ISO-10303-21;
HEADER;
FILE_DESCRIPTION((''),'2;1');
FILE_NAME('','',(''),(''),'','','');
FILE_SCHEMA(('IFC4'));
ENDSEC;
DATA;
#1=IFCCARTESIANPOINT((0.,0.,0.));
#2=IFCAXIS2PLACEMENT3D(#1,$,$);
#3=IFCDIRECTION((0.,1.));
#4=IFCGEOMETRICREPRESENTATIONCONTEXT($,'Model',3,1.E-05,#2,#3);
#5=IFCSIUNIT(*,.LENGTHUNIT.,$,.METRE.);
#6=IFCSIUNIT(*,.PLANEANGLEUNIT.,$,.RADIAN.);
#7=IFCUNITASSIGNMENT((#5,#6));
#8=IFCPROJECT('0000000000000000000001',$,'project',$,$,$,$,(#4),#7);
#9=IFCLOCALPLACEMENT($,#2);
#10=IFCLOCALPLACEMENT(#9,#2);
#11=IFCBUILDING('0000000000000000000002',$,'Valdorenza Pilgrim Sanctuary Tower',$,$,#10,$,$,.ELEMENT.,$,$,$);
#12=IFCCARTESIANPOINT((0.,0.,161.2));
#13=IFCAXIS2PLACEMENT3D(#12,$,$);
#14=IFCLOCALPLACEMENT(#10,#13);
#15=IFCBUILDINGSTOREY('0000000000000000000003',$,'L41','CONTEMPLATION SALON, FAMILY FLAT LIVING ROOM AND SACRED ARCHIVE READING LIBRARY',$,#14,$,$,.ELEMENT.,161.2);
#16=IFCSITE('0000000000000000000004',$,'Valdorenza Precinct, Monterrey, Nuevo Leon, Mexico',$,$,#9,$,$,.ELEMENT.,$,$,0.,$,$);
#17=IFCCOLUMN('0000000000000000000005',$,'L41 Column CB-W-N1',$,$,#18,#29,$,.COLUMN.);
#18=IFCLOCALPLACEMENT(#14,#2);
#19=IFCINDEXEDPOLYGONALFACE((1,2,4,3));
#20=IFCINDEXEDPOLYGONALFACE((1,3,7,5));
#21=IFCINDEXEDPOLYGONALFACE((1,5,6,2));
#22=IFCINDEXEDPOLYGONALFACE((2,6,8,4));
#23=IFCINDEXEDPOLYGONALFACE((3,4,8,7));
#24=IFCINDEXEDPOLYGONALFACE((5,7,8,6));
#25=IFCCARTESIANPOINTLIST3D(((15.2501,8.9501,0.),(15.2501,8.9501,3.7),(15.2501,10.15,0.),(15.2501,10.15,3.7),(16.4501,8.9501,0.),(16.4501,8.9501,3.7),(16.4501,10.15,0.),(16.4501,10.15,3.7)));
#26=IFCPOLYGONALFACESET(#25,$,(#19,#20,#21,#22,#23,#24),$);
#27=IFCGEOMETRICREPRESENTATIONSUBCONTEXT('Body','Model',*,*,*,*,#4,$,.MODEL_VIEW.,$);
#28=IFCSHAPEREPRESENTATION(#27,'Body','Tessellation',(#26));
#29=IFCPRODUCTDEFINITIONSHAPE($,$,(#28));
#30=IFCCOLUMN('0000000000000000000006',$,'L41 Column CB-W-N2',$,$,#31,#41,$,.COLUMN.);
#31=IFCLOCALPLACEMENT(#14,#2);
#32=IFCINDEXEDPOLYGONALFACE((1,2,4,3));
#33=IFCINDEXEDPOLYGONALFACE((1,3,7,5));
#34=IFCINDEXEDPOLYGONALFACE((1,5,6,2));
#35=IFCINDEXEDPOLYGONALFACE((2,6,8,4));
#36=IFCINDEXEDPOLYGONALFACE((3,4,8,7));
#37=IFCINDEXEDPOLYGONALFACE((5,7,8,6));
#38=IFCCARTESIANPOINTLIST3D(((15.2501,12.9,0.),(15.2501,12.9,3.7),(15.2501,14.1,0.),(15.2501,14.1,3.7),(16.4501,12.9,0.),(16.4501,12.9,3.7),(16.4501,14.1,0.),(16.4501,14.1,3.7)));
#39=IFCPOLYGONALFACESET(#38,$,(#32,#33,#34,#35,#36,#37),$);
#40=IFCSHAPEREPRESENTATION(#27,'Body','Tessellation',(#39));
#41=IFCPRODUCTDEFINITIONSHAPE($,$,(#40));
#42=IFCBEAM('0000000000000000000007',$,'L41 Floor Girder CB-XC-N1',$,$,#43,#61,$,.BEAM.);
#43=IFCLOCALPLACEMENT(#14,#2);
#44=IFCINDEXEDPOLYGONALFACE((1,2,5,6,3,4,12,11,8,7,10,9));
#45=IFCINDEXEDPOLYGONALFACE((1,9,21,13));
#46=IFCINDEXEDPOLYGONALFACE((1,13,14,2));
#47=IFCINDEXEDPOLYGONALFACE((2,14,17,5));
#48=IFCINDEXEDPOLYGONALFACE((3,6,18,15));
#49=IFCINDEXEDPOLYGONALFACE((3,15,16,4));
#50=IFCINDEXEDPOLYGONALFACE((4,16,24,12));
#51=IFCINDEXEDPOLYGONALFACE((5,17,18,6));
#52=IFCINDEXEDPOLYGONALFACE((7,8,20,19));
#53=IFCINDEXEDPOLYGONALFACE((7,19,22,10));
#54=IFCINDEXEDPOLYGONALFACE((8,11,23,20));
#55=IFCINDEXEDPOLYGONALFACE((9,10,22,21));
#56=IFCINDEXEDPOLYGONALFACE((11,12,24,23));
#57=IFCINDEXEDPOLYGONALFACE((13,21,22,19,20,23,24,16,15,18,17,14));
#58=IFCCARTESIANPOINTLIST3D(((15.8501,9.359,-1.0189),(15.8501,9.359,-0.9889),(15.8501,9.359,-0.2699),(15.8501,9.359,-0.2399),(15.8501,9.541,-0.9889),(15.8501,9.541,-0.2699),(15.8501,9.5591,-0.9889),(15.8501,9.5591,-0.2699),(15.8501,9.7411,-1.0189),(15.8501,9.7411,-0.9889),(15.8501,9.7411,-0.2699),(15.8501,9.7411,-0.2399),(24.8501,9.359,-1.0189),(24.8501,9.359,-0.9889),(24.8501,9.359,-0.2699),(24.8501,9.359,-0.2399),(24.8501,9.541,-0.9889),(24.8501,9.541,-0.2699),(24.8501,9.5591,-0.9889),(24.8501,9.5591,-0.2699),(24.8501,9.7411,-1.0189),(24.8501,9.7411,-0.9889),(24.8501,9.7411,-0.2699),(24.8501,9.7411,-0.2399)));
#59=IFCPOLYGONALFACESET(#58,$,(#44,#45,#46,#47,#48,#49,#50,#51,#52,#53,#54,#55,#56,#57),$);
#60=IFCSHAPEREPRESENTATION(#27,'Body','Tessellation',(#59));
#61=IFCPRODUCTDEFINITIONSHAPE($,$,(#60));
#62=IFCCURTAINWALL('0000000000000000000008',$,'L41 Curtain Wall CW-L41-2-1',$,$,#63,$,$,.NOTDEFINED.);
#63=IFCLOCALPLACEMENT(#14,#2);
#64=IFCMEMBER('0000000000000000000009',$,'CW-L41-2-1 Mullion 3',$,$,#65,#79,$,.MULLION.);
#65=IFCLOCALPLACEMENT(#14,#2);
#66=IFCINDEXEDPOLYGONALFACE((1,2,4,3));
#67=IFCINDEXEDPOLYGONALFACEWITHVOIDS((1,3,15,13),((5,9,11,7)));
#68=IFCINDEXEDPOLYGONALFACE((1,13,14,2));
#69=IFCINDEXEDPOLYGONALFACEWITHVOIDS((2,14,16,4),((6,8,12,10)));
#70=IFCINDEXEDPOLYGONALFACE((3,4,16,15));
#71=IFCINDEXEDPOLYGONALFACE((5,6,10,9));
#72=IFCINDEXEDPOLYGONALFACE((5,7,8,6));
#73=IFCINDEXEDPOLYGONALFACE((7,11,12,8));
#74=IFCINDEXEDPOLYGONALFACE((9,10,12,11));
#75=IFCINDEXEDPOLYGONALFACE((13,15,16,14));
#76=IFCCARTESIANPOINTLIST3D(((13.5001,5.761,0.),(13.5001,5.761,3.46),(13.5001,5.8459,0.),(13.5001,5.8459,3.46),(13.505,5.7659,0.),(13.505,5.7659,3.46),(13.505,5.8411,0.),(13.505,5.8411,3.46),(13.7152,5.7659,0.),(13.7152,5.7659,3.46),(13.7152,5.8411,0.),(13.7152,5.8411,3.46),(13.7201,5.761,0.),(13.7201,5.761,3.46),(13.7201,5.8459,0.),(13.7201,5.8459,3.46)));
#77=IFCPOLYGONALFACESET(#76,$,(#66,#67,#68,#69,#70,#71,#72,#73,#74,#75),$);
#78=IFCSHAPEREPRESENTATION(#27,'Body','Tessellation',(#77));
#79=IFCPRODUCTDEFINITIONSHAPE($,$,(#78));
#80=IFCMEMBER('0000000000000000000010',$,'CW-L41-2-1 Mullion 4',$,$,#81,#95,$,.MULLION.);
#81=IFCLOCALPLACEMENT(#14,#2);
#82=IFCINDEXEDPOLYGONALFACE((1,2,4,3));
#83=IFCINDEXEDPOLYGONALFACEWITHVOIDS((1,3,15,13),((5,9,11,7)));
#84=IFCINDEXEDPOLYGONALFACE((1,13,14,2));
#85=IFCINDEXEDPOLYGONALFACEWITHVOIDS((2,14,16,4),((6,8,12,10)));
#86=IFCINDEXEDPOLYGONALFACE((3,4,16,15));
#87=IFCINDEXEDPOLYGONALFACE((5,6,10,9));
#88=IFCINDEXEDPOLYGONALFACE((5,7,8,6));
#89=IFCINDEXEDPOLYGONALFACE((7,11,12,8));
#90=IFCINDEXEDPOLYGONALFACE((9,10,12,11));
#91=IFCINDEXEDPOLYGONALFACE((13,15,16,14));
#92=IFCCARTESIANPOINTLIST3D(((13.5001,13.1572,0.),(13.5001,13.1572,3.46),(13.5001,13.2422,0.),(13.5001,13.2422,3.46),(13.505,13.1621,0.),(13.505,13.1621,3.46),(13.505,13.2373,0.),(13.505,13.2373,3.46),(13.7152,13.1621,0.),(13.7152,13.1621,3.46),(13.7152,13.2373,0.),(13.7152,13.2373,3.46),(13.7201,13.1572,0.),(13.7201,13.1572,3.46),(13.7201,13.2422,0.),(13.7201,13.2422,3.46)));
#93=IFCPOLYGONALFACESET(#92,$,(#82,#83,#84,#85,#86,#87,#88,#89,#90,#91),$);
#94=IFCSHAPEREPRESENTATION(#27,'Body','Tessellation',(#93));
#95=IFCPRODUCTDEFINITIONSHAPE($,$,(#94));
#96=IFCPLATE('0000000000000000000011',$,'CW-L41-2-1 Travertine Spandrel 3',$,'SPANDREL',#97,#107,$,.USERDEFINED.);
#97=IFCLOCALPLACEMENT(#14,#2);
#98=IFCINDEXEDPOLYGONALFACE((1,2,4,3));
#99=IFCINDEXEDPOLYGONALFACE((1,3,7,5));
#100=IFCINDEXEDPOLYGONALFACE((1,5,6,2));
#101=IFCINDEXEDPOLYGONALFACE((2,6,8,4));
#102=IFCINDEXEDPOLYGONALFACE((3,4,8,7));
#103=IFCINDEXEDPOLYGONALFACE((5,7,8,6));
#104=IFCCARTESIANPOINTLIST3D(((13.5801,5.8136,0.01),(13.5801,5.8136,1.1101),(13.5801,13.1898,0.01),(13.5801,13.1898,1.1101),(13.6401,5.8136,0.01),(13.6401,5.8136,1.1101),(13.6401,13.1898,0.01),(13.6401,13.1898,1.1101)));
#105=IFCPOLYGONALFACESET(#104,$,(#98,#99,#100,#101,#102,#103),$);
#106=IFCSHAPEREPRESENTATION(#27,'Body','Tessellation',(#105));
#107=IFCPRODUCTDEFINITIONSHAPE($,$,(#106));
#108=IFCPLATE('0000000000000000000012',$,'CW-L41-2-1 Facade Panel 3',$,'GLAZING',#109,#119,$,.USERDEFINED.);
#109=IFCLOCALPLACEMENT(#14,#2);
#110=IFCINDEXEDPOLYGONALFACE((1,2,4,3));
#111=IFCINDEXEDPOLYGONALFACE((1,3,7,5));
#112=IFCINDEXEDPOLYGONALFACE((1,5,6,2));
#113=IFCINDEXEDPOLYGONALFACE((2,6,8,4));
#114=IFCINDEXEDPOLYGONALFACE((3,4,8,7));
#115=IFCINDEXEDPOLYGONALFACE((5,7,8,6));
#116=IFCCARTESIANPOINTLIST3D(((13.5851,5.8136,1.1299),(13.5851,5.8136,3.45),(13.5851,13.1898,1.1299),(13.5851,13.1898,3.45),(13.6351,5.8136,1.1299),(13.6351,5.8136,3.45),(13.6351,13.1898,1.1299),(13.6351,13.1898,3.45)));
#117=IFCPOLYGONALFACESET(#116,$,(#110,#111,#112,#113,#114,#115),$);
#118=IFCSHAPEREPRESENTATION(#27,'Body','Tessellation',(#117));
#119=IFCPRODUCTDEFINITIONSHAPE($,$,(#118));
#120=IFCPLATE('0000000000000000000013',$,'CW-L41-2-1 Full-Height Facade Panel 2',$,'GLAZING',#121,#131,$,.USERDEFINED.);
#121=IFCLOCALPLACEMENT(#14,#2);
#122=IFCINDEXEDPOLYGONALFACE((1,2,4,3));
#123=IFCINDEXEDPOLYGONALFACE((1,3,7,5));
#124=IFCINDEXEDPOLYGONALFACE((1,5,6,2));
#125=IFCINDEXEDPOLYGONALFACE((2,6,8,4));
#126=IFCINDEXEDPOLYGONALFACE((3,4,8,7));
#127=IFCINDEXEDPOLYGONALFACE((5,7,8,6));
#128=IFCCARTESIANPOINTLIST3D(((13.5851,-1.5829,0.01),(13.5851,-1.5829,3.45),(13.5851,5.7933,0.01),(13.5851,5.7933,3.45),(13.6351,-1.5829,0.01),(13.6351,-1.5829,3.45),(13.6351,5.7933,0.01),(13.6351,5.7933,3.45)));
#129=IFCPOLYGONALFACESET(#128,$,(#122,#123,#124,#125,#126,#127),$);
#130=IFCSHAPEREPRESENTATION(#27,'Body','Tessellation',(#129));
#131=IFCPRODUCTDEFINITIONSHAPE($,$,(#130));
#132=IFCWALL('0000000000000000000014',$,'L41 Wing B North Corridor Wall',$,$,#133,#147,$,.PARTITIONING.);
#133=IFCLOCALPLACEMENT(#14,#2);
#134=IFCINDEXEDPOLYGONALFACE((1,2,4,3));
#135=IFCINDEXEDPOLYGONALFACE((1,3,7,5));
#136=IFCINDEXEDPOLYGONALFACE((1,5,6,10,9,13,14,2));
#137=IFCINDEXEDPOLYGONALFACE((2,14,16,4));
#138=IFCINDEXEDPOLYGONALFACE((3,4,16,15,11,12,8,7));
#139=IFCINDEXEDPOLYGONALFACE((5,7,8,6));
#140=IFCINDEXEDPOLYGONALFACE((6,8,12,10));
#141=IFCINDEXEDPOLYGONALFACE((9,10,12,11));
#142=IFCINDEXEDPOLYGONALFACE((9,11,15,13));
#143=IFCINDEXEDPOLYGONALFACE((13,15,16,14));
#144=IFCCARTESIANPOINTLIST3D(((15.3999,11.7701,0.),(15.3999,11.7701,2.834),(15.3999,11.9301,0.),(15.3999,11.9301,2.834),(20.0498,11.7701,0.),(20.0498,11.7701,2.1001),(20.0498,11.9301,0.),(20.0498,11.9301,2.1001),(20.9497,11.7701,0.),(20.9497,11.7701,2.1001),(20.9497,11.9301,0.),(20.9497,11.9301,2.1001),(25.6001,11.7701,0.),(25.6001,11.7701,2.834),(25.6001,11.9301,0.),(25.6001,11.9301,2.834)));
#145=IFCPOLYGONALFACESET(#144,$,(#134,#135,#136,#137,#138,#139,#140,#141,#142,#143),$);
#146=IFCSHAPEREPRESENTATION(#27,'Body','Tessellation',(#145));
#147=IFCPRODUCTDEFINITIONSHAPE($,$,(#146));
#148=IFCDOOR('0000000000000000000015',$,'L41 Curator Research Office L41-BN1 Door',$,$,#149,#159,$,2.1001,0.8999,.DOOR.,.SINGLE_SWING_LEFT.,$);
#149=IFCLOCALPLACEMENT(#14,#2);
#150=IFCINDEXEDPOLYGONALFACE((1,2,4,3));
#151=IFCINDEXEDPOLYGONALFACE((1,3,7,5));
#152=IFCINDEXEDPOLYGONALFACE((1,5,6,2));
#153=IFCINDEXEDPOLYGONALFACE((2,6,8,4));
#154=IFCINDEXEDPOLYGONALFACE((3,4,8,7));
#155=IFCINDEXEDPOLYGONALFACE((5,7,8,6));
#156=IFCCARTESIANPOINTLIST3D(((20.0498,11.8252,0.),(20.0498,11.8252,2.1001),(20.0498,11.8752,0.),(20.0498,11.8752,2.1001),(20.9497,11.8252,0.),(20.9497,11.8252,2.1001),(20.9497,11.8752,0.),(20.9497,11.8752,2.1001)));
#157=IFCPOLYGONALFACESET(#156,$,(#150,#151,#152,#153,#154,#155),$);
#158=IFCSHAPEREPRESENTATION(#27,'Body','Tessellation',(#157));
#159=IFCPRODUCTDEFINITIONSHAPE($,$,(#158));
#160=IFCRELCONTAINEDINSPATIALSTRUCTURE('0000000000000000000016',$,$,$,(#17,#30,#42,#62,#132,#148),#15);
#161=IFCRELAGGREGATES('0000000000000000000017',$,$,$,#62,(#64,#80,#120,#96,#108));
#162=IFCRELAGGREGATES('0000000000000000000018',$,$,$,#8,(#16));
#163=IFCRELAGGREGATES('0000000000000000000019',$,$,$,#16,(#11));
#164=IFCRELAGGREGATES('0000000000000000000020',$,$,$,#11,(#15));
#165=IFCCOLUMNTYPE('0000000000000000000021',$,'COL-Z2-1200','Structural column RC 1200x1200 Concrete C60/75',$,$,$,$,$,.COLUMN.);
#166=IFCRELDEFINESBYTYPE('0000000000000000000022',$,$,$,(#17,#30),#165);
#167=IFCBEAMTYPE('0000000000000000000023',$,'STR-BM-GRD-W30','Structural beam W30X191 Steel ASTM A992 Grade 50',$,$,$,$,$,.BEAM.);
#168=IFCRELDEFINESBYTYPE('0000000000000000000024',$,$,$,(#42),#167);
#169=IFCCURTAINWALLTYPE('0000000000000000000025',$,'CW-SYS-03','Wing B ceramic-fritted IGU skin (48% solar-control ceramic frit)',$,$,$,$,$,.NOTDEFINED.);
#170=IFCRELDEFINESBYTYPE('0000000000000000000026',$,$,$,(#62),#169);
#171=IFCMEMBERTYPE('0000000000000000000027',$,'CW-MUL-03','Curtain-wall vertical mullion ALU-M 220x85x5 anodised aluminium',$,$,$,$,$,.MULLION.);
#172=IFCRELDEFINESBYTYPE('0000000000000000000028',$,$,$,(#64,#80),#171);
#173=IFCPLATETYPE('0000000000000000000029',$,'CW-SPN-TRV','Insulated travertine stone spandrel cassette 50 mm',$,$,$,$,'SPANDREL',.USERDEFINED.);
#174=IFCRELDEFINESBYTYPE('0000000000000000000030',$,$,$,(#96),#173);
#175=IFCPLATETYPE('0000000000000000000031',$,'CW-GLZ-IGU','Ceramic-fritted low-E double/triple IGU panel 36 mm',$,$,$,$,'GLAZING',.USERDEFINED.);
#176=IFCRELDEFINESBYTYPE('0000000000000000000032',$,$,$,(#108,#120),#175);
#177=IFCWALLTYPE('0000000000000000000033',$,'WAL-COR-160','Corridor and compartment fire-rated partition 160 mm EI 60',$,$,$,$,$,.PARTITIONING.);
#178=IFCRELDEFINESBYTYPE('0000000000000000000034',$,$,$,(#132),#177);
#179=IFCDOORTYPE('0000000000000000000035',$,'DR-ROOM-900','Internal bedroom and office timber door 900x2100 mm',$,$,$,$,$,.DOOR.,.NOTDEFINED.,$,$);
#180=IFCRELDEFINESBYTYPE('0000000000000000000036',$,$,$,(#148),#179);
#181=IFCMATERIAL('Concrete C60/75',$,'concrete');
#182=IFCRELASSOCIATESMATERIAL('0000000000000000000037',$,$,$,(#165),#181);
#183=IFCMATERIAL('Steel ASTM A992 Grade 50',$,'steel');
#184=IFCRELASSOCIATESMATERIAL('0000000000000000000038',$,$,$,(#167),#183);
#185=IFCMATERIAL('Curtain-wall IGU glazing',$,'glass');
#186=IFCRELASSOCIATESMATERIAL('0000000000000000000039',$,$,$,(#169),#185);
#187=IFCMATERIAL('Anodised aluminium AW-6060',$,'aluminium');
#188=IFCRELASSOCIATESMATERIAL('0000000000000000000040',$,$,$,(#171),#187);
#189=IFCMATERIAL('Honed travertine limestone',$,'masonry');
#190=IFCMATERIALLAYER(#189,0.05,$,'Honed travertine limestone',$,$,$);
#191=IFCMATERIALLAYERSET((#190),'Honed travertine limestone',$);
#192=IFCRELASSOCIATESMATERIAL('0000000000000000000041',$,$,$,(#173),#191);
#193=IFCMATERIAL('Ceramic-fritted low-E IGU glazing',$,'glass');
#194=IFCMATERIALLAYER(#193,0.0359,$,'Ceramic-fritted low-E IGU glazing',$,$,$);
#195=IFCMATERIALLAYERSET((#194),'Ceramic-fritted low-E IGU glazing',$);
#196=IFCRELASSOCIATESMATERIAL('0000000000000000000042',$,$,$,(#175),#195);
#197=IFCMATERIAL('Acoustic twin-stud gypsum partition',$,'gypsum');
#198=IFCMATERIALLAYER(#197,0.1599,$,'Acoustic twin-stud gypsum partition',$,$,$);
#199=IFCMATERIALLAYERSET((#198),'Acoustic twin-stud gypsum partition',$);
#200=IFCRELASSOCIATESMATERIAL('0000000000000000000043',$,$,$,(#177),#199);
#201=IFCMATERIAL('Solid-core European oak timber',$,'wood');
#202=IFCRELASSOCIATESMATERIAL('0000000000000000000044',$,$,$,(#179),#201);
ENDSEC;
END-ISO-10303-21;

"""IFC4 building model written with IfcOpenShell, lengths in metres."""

from ifc_helpers import new_model, si_unit, direction, frame, frame_2d, origin, origin_2d, place, context, subcontext, project, spatial, rectangle, hollow_rectangle, i_section, extrude, source, transform, mapped, material, layer, layer_set, material_profile, profile_set, type_object, element, fill, aggregate, save


model = new_model("IFC4")

# Units and contexts
model_context = context("Model", 3, precision=1e-05, world=origin(), true_north=direction((0.0, 1.0)))
body_context = subcontext(model_context, "Body", "Model", "MODEL_VIEW")
ifc_project = project(units=[si_unit("LENGTHUNIT", "METRE"), si_unit("PLANEANGLEUNIT", "RADIAN")], contexts=[model_context])

# Site, building, storey
site_placement = place(None, origin())
site = spatial("IfcSite", under=ifc_project, at=site_placement, Name="Valdorenza Precinct, Monterrey, Nuevo Leon, Mexico", CompositionType="ELEMENT", RefElevation=0.0)
building_placement = place(site_placement, origin())
building = spatial("IfcBuilding", under=site, at=building_placement, Name="Valdorenza Pilgrim Sanctuary Tower", CompositionType="ELEMENT")
storey_placement = place(building_placement, frame((0.0, 0.0, 161.2)))
storey = spatial("IfcBuildingStorey", under=building, at=storey_placement, Name="L41", Description="CONTEMPLATION SALON, FAMILY FLAT LIVING ROOM AND SACRED ARCHIVE READING LIBRARY", CompositionType="ELEMENT", Elevation=161.2)

# Columns
ifc_material_1 = material(Name="Concrete C60/75", Category="concrete")
ifc_material_profile_1 = material_profile(ifc_material_1, rectangle(XDim=1.2, YDim=1.2, at=origin_2d()), Name="RC 1200x1200")
ifc_profile_set_1 = profile_set([ifc_material_profile_1], Name="Concrete C60/75")
column_type = type_object("IfcColumnType", Name="COL-Z2-1200", Description="Structural column RC 1200x1200 Concrete C60/75", PredefinedType="COLUMN", material=ifc_profile_set_1)
shared_shape_1 = source(origin(), body_context, "Body", "SweptSolid", [
    extrude(rectangle(XDim=1.2, YDim=1.2, at=origin_2d()), origin(), (0.0, 0.0, 1.0), 3.7),
])
for number, where, z_axis, x_axis, name in (
    (1, (15.8501, 9.55, 0.0), (0.0, 0.0, 1.0), (1.0, 0.0, 0.0), "L41 Column CB-W-N1"),
    (2, (15.8501, 13.5, 0.0), (0.0, 0.0, 1.0), (1.0, 0.0, 0.0), "L41 Column CB-W-N2"),
):
    element("IfcColumn", number, at=place(storey_placement, frame(where, z_axis=z_axis, x_axis=x_axis)), inside=storey, type_object=column_type, Name=name, PredefinedType="COLUMN", context=body_context, shape_type="MappedRepresentation", body=[
        mapped(shared_shape_1, transform((0.0, 0.0, 0.0), x_axis=(1.0, 0.0, 0.0), y_axis=(0.0, 1.0, 0.0), z_axis=(0.0, 0.0, 1.0), scale=1.0)),
    ])

# Beam
ifc_material_2 = material(Name="Steel ASTM A992 Grade 50", Category="steel")
ifc_material_profile_2 = material_profile(ifc_material_2, i_section(OverallWidth=0.3821, OverallDepth=0.7791, WebThickness=0.0181, FlangeThickness=0.03, at=origin_2d()), Name="W30X191")
ifc_profile_set_2 = profile_set([ifc_material_profile_2], Name="Steel ASTM A992 Grade 50")
beam_type = type_object("IfcBeamType", Name="STR-BM-GRD-W30", Description="Structural beam W30X191 Steel ASTM A992 Grade 50", PredefinedType="BEAM", material=ifc_profile_set_2)
shared_shape_2 = source(origin(), body_context, "Body", "SweptSolid", [
    extrude(i_section(OverallWidth=0.3821, OverallDepth=0.7791, WebThickness=0.0181, FlangeThickness=0.03, at=origin_2d()), origin(), (0.0, 0.0, 1.0), 9.0),
])
beam_placement = place(storey_placement, frame((15.8501, 9.55, -0.6294), z_axis=(1.0, 0.0, 0.0), x_axis=(0.0, 1.0, 0.0)))
element("IfcBeam", 3, at=beam_placement, inside=storey, type_object=beam_type, Name="L41 Floor Girder CB-XC-N1", PredefinedType="BEAM", context=body_context, shape_type="MappedRepresentation", body=[
    mapped(shared_shape_2, transform((0.0, 0.0, 0.0), x_axis=(1.0, 0.0, 0.0), y_axis=(0.0, 1.0, 0.0), z_axis=(0.0, 0.0, 1.0), scale=1.0)),
])

# Curtain wall, members, plates
ifc_material_3 = material(Name="Curtain-wall IGU glazing", Category="glass")
curtain_wall_type = type_object("IfcCurtainWallType", Name="CW-SYS-03", Description="Wing B ceramic-fritted IGU skin (48% solar-control ceramic frit)", PredefinedType="NOTDEFINED", material=ifc_material_3)
curtain_wall_placement = place(storey_placement, origin())
curtain_wall = element("IfcCurtainWall", 4, at=curtain_wall_placement, inside=storey, type_object=curtain_wall_type, Name="L41 Curtain Wall CW-L41-2-1", PredefinedType="NOTDEFINED")
ifc_material_4 = material(Name="Anodised aluminium AW-6060", Category="aluminium")
ifc_material_profile_3 = material_profile(ifc_material_4, hollow_rectangle(XDim=0.085, YDim=0.22, WallThickness=0.0049, at=origin_2d()), Name="ALU-M 220x85x5")
ifc_profile_set_3 = profile_set([ifc_material_profile_3], Name="Anodised aluminium AW-6060")
member_type = type_object("IfcMemberType", Name="CW-MUL-03", Description="Curtain-wall vertical mullion ALU-M 220x85x5 anodised aluminium", PredefinedType="MULLION", material=ifc_profile_set_3)
shared_shape_3 = source(origin(), body_context, "Body", "SweptSolid", [
    extrude(hollow_rectangle(XDim=0.085, YDim=0.22, WallThickness=0.0049, at=origin_2d()), origin(), (0.0, 0.0, 1.0), 3.46),
])
member_1_placement = place(storey_placement, frame((13.6101, 5.8035, 0.0), z_axis=(0.0, 0.0, 1.0), x_axis=(0.0, 1.0, 0.0)))
member_1 = element("IfcMember", 5, at=member_1_placement, type_object=member_type, Name="CW-L41-2-1 Mullion 3", PredefinedType="MULLION", context=body_context, shape_type="MappedRepresentation", body=[
    mapped(shared_shape_3, transform((0.0, 0.0, 0.0), x_axis=(1.0, 0.0, 0.0), y_axis=(0.0, 1.0, 0.0), z_axis=(0.0, 0.0, 1.0), scale=1.0)),
])
member_2_placement = place(storey_placement, frame((13.6101, 13.1997, 0.0), z_axis=(0.0, 0.0, 1.0), x_axis=(0.0, 1.0, 0.0)))
member_2 = element("IfcMember", 6, at=member_2_placement, type_object=member_type, Name="CW-L41-2-1 Mullion 4", PredefinedType="MULLION", context=body_context, shape_type="MappedRepresentation", body=[
    mapped(shared_shape_3, transform((0.0, 0.0, 0.0), x_axis=(1.0, 0.0, 0.0), y_axis=(0.0, 1.0, 0.0), z_axis=(0.0, 0.0, 1.0), scale=1.0)),
])
ifc_material_5 = material(Name="Honed travertine limestone", Category="masonry")
ifc_layer_1 = layer(ifc_material_5, 0.05, Name="Honed travertine limestone")
ifc_layer_set_1 = layer_set([ifc_layer_1], Name="Honed travertine limestone")
plate_type_1 = type_object("IfcPlateType", Name="CW-SPN-TRV", Description="Insulated travertine stone spandrel cassette 50 mm", ElementType="SPANDREL", PredefinedType="USERDEFINED", material=ifc_layer_set_1)
shared_shape_4 = source(origin(), body_context, "Body", "SweptSolid", [
    extrude(rectangle(XDim=7.3762, YDim=0.0601, at=origin_2d()), origin(), (0.0, 0.0, 1.0), 1.1001),
])
plate_1_placement = place(storey_placement, frame((13.6101, 9.5017, 0.01), z_axis=(0.0, 0.0, 1.0), x_axis=(0.0, 1.0, 0.0)))
plate_1 = element("IfcPlate", 7, at=plate_1_placement, type_object=plate_type_1, Name="CW-L41-2-1 Travertine Spandrel 3", ObjectType="SPANDREL", PredefinedType="USERDEFINED", context=body_context, shape_type="MappedRepresentation", body=[
    mapped(shared_shape_4, transform((0.0, 0.0, 0.0), x_axis=(1.0, 0.0, 0.0), y_axis=(0.0, 1.0, 0.0), z_axis=(0.0, 0.0, 1.0), scale=1.0)),
])
ifc_material_6 = material(Name="Ceramic-fritted low-E IGU glazing", Category="glass")
ifc_layer_2 = layer(ifc_material_6, 0.0359, Name="Ceramic-fritted low-E IGU glazing")
ifc_layer_set_2 = layer_set([ifc_layer_2], Name="Ceramic-fritted low-E IGU glazing")
plate_type_2 = type_object("IfcPlateType", Name="CW-GLZ-IGU", Description="Ceramic-fritted low-E double/triple IGU panel 36 mm", ElementType="GLAZING", PredefinedType="USERDEFINED", material=ifc_layer_set_2)
shared_shape_5 = source(origin(), body_context, "Body", "SweptSolid", [
    extrude(rectangle(XDim=7.3762, YDim=0.05, at=origin_2d()), origin(), (0.0, 0.0, 1.0), 2.3201),
])
plate_2_placement = place(storey_placement, frame((13.6101, 9.5017, 1.1299), z_axis=(0.0, 0.0, 1.0), x_axis=(0.0, 1.0, 0.0)))
plate_2 = element("IfcPlate", 8, at=plate_2_placement, type_object=plate_type_2, Name="CW-L41-2-1 Facade Panel 3", ObjectType="GLAZING", PredefinedType="USERDEFINED", context=body_context, shape_type="MappedRepresentation", body=[
    mapped(shared_shape_5, transform((0.0, 0.0, 0.0), x_axis=(1.0, 0.0, 0.0), y_axis=(0.0, 1.0, 0.0), z_axis=(0.0, 0.0, 1.0), scale=1.0)),
])
shared_shape_6 = source(origin(), body_context, "Body", "SweptSolid", [
    extrude(rectangle(XDim=7.3762, YDim=0.05, at=origin_2d()), origin(), (0.0, 0.0, 1.0), 3.4399),
])
plate_3_placement = place(storey_placement, frame((13.6101, 2.1052, 0.01), z_axis=(0.0, 0.0, 1.0), x_axis=(0.0, 1.0, 0.0)))
plate_3 = element("IfcPlate", 9, at=plate_3_placement, type_object=plate_type_2, Name="CW-L41-2-1 Full-Height Facade Panel 2", ObjectType="GLAZING", PredefinedType="USERDEFINED", context=body_context, shape_type="MappedRepresentation", body=[
    mapped(shared_shape_6, transform((0.0, 0.0, 0.0), x_axis=(1.0, 0.0, 0.0), y_axis=(0.0, 1.0, 0.0), z_axis=(0.0, 0.0, 1.0), scale=1.0)),
])
aggregate(curtain_wall, [member_1, member_2, plate_3, plate_1, plate_2])

# Wall, opening, door
ifc_material_7 = material(Name="Acoustic twin-stud gypsum partition", Category="gypsum")
ifc_layer_3 = layer(ifc_material_7, 0.1599, Name="Acoustic twin-stud gypsum partition")
ifc_layer_set_3 = layer_set([ifc_layer_3], Name="Acoustic twin-stud gypsum partition")
wall_type_1 = type_object("IfcWallType", Name="WAL-COR-160", Description="Corridor and compartment fire-rated partition 160 mm EI 60", PredefinedType="PARTITIONING", material=ifc_layer_set_3)
wall_1_placement = place(storey_placement, frame((15.3999, 11.8501, 0.0), z_axis=(0.0, 0.0, 1.0), x_axis=(1.0, 0.0, 0.0)))
wall_1 = element("IfcWall", 10, at=wall_1_placement, inside=storey, type_object=wall_type_1, Name="L41 Wing B North Corridor Wall", PredefinedType="PARTITIONING", context=body_context, shape_type="SweptSolid", body=[
    extrude(rectangle(XDim=10.2002, YDim=0.1599, at=frame_2d((5.1001, 0.0))), origin(), (0.0, 0.0, 1.0), 2.834),
])
opening_1_placement = place(wall_1_placement, frame((4.6499, 0.0, 0.0)))
opening_1 = element("IfcOpeningElement", 11, at=opening_1_placement, cuts=wall_1, PredefinedType="OPENING", context=body_context, shape_type="SweptSolid", body=[
    extrude(rectangle(XDim=0.8999, YDim=2.1001, at=frame_2d((0.45, 1.05))), frame((0.0, 0.0947, 0.0), z_axis=(0.0, -1.0, 0.0), x_axis=(1.0, 0.0, 0.0)), (0.0, 0.0, 1.0), 0.1897),
])
ifc_material_8 = material(Name="Solid-core European oak timber", Category="wood")
door_type = type_object("IfcDoorType", Name="DR-ROOM-900", Description="Internal bedroom and office timber door 900x2100 mm", OperationType="NOTDEFINED", PredefinedType="DOOR", material=ifc_material_8)
door_1_placement = place(opening_1_placement, frame((0.8999, 0.0, 0.0), z_axis=(0.0, 0.0, 1.0), x_axis=(-1.0, 0.0, 0.0)))
door_1 = element("IfcDoor", 12, at=door_1_placement, inside=storey, type_object=door_type, Name="L41 Curator Research Office L41-BN1 Door", OperationType="SINGLE_SWING_LEFT", OverallHeight=2.1001, OverallWidth=0.8999, PredefinedType="DOOR", context=body_context, shape_type="SweptSolid", body=[
    extrude(rectangle(XDim=0.8999, YDim=2.1001, at=frame_2d((0.45, 1.05))), frame((0.0, 0.0249, 0.0), z_axis=(0.0, -1.0, 0.0), x_axis=(1.0, 0.0, 0.0)), (0.0, 0.0, 1.0), 0.05),
])
fill(opening_1, door_1)

save(model, "model.ifc")
